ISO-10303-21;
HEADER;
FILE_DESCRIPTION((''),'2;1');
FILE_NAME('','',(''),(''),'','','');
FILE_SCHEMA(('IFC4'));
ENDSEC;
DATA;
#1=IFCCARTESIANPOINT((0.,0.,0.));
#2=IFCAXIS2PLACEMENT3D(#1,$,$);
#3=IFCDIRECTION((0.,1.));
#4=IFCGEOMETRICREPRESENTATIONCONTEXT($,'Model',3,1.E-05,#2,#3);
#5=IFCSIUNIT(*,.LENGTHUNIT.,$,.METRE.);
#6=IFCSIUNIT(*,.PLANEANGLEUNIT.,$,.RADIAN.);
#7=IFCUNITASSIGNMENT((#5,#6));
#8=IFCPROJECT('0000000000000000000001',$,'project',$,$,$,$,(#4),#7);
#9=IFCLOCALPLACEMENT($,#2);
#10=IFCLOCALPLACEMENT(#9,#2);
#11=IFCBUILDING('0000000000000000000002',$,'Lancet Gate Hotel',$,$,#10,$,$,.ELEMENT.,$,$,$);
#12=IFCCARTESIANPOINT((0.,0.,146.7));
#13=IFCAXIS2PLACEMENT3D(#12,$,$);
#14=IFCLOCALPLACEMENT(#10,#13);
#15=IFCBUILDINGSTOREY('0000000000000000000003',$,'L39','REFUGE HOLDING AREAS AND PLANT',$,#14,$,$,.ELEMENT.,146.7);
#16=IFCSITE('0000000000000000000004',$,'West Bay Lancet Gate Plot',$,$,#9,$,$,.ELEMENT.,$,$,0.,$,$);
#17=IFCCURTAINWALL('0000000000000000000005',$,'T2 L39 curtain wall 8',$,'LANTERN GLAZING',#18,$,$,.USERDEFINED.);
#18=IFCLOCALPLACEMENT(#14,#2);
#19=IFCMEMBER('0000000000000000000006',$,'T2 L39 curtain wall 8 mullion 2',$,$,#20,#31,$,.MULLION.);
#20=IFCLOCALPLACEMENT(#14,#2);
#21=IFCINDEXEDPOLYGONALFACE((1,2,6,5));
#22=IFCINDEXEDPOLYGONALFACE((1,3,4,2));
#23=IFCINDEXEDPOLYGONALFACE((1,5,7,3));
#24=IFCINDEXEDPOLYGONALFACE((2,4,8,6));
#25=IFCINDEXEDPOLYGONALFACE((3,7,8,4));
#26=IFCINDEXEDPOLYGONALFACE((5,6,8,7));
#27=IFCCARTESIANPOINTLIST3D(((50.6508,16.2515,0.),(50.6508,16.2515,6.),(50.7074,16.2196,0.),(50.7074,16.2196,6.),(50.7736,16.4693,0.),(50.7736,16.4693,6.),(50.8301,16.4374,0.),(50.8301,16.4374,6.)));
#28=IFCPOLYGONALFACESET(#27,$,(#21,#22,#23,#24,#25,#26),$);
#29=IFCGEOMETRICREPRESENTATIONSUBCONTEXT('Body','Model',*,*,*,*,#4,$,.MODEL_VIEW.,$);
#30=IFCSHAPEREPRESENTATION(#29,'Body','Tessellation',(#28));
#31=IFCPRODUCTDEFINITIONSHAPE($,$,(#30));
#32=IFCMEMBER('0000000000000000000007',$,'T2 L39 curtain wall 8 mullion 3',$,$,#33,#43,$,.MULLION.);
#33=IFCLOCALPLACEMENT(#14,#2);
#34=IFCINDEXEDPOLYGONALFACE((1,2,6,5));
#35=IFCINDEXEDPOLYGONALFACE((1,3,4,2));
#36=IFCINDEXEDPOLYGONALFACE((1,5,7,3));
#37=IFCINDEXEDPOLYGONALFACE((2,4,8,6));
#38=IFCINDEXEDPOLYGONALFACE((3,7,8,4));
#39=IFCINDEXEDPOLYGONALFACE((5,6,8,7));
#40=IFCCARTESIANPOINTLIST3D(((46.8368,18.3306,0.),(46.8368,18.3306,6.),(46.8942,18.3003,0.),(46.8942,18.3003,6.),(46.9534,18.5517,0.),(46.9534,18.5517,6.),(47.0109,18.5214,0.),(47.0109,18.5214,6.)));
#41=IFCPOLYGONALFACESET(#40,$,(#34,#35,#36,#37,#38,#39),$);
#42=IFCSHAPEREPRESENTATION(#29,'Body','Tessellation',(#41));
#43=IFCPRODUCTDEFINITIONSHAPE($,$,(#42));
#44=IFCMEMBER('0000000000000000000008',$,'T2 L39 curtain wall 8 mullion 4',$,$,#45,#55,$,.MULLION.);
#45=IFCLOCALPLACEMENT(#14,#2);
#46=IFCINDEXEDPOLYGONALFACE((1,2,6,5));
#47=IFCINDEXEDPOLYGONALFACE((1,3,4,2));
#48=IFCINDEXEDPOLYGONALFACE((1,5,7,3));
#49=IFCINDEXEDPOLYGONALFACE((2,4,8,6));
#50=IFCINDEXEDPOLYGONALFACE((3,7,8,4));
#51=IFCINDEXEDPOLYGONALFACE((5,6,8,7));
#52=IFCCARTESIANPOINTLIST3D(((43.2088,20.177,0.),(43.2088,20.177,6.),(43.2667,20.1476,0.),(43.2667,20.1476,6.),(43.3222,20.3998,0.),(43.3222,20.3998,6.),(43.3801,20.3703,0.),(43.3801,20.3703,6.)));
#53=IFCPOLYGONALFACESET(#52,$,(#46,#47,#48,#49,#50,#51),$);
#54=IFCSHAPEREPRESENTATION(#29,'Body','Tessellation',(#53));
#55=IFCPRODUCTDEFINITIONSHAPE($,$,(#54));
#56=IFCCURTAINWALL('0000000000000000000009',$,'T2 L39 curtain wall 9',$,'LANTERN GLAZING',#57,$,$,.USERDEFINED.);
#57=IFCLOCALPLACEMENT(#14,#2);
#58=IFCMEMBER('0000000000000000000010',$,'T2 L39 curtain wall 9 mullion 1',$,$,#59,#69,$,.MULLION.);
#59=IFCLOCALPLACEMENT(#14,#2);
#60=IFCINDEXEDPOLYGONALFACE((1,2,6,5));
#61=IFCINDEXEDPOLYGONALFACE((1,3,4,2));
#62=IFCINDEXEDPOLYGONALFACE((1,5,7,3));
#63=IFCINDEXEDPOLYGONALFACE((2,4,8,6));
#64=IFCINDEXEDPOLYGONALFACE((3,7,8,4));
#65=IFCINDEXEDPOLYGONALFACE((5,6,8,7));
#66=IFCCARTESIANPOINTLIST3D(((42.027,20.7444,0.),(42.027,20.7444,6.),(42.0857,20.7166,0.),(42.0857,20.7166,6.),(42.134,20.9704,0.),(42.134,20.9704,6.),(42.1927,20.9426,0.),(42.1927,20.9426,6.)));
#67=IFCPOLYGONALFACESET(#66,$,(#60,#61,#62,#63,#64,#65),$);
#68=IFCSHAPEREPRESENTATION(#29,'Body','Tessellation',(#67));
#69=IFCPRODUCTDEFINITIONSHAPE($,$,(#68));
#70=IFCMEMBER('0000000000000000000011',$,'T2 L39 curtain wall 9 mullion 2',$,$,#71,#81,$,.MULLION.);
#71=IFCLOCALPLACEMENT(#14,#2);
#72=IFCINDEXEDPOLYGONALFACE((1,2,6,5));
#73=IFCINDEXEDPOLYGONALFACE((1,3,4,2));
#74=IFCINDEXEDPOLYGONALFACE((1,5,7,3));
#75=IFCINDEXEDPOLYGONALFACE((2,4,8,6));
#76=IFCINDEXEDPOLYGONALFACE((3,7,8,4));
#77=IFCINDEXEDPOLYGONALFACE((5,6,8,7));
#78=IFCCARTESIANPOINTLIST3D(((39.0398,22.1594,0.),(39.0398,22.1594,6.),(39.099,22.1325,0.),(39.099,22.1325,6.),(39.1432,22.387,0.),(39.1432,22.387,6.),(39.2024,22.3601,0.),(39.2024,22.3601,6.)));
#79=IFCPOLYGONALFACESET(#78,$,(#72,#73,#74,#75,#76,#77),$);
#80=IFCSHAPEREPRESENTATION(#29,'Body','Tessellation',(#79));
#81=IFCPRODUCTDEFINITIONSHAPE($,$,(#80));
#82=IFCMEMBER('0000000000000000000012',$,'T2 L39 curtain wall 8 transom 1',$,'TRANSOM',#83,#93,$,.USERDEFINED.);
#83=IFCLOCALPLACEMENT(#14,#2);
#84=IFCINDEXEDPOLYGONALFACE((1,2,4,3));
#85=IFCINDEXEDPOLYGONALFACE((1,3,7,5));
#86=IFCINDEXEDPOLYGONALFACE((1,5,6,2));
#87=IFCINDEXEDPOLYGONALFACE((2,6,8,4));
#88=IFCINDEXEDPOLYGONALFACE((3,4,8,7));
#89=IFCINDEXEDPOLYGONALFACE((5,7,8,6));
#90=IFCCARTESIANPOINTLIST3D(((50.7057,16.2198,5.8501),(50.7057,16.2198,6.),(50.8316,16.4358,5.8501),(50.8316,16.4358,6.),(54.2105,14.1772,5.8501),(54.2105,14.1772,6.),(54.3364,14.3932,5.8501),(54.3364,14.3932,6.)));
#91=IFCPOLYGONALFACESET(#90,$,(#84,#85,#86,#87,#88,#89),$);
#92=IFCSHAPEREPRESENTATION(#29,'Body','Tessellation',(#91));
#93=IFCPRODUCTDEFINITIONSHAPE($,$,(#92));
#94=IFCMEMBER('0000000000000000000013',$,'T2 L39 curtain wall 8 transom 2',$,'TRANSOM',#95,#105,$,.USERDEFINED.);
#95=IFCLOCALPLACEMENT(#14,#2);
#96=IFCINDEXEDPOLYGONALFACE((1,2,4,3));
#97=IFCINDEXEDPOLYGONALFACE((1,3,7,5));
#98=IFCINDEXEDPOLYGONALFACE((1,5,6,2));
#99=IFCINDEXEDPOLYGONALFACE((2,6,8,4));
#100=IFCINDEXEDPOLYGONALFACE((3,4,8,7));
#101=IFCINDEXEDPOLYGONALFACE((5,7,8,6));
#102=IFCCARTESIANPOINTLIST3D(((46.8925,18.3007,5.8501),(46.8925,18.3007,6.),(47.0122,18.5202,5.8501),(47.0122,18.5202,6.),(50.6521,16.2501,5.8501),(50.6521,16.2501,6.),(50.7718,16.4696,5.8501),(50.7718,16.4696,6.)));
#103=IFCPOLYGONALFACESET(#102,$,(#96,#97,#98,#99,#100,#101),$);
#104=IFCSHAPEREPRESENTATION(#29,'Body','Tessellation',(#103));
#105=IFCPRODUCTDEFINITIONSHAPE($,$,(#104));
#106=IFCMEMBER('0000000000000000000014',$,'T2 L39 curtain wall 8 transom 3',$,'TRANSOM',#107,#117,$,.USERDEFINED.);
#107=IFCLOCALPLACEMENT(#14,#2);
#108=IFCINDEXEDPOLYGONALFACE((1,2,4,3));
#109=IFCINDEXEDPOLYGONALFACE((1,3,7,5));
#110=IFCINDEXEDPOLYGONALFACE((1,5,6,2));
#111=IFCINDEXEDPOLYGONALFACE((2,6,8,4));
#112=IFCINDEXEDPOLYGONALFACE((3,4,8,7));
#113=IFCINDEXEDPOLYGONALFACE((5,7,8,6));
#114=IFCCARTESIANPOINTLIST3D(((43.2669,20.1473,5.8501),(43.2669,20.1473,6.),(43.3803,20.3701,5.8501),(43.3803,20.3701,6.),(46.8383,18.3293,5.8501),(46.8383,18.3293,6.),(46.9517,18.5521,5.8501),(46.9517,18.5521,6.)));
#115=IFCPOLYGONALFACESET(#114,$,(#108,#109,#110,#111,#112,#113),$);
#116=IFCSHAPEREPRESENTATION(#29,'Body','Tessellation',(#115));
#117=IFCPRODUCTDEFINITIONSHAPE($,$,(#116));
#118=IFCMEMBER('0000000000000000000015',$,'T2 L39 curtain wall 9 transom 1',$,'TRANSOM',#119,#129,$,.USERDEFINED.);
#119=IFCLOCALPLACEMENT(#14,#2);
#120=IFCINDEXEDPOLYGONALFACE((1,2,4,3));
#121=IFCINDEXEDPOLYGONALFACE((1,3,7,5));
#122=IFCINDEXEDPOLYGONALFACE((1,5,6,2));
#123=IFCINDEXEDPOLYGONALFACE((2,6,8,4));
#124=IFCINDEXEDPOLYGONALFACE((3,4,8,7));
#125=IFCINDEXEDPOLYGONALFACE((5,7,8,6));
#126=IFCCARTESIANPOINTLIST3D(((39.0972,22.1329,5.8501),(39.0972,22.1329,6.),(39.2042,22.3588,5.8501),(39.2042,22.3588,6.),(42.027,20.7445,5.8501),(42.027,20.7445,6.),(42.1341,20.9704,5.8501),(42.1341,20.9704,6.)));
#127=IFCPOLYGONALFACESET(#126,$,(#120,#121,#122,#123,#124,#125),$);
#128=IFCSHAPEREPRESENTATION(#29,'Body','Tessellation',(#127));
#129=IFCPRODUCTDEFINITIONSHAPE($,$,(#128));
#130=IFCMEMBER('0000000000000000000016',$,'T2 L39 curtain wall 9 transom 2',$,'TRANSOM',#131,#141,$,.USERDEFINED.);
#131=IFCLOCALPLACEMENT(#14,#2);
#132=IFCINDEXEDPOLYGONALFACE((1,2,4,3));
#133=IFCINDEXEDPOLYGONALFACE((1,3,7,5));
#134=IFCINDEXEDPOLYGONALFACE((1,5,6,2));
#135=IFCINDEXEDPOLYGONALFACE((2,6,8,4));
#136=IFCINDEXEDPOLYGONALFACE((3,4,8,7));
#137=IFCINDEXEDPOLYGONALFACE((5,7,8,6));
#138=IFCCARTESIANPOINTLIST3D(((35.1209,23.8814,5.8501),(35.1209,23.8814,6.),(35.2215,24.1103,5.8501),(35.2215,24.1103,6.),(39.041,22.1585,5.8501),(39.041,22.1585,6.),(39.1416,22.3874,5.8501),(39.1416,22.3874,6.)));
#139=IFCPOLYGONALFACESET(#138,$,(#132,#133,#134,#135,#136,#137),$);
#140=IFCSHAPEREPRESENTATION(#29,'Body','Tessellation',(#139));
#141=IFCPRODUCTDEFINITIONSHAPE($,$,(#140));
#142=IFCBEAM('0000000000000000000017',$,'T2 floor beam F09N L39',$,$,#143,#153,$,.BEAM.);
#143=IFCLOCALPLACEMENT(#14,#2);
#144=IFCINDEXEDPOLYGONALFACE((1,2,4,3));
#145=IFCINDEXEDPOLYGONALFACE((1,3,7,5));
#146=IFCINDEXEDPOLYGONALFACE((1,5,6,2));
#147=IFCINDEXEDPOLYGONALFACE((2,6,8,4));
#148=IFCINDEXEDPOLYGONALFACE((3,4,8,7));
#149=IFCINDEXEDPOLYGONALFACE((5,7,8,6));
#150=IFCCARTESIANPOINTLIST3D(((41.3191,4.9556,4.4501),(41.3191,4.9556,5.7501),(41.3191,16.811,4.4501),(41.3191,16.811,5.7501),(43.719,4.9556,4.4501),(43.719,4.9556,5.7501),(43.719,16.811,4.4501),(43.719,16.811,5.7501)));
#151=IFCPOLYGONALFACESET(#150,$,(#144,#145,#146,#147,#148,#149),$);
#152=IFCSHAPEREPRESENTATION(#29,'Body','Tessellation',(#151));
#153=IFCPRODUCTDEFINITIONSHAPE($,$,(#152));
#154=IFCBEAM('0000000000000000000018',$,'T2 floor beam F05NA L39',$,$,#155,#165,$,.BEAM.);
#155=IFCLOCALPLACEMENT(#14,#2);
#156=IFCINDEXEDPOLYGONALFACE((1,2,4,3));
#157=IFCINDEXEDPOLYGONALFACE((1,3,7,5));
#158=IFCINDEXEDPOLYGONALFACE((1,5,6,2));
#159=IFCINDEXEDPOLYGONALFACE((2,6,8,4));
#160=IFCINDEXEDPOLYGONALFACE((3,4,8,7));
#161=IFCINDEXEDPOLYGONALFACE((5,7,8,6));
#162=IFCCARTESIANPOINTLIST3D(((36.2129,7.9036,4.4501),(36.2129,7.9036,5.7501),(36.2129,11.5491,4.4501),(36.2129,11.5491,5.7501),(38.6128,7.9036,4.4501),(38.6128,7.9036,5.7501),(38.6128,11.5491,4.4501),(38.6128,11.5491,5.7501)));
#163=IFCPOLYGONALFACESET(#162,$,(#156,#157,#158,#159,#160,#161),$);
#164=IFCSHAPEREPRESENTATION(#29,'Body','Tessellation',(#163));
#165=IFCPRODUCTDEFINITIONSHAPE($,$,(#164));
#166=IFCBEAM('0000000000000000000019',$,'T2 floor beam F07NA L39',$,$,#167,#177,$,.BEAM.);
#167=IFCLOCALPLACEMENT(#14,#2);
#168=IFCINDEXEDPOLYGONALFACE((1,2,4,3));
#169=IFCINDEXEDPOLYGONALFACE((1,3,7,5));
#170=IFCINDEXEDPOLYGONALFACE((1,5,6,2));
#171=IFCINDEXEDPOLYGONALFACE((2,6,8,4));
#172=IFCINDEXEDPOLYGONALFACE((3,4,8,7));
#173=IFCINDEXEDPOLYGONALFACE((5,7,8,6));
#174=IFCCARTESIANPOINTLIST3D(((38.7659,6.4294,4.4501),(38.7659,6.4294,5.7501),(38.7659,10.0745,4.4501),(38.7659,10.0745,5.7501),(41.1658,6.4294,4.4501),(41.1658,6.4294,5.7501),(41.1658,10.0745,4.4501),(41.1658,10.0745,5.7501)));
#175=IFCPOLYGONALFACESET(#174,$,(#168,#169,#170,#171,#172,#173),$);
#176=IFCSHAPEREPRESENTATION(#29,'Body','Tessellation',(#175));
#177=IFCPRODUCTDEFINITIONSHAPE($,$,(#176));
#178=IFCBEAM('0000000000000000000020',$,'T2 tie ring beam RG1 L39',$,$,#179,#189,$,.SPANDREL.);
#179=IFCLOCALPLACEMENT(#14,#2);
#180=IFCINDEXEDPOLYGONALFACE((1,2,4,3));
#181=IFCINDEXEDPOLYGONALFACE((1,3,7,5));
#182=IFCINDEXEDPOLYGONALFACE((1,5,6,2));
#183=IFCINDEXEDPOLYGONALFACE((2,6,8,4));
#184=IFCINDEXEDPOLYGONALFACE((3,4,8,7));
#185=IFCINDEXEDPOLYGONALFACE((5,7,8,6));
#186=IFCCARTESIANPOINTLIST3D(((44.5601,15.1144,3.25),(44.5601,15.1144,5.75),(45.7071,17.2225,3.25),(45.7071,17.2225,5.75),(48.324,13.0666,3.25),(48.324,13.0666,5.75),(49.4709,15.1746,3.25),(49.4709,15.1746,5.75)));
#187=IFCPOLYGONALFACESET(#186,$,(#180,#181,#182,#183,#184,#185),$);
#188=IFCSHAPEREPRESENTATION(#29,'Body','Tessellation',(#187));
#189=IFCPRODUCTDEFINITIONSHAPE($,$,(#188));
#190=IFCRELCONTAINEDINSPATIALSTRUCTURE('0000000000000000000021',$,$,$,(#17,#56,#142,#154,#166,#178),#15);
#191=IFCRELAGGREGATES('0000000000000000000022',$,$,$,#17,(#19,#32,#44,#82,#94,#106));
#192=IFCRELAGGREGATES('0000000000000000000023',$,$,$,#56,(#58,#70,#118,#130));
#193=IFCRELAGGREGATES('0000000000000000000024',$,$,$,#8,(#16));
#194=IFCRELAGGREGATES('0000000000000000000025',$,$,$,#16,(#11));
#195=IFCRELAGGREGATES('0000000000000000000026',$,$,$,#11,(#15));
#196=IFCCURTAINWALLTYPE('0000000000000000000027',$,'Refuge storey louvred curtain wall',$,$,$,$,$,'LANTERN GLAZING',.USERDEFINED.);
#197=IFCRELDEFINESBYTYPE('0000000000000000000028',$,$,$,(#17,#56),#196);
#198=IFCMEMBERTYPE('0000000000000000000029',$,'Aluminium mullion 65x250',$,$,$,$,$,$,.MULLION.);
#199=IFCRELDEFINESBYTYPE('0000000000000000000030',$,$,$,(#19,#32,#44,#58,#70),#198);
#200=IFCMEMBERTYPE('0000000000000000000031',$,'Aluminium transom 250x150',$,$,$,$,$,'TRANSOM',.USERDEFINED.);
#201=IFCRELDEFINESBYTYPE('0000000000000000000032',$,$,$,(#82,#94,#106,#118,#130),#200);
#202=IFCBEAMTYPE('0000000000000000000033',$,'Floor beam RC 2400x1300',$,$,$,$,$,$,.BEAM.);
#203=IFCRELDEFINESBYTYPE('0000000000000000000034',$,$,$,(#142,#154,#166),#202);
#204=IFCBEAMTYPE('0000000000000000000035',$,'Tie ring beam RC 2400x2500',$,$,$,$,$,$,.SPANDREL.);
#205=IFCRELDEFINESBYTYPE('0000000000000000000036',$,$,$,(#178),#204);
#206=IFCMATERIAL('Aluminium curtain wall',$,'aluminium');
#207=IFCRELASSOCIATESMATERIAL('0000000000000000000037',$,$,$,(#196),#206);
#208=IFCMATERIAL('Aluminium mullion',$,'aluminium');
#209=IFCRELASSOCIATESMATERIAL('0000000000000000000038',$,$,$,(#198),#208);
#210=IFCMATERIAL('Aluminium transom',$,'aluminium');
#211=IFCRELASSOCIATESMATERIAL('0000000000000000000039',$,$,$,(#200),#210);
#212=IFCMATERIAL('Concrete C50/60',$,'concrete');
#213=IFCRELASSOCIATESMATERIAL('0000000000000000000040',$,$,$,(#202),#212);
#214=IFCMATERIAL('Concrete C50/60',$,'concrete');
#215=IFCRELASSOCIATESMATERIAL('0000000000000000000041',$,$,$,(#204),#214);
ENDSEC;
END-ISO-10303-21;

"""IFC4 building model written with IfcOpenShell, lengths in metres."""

from ifc_helpers import new_model, si_unit, direction, frame, origin, origin_2d, place, context, subcontext, project, spatial, rectangle, extrude, material, material_profile, profile_set, type_object, element, aggregate, save


model = new_model("IFC4")

# Units and contexts
model_context = context("Model", 3, precision=1e-05, world=origin(), true_north=direction((0.0, 1.0)))
body_context = subcontext(model_context, "Body", "Model", "MODEL_VIEW")
ifc_project = project(units=[si_unit("LENGTHUNIT", "METRE"), si_unit("PLANEANGLEUNIT", "RADIAN")], contexts=[model_context])

# Site, building, storey
site_placement = place(None, origin())
site = spatial("IfcSite", under=ifc_project, at=site_placement, Name="West Bay Lancet Gate Plot", CompositionType="ELEMENT", RefElevation=0.0)
building_placement = place(site_placement, origin())
building = spatial("IfcBuilding", under=site, at=building_placement, Name="Lancet Gate Hotel", CompositionType="ELEMENT")
storey_placement = place(building_placement, frame((0.0, 0.0, 146.7)))
storey = spatial("IfcBuildingStorey", under=building, at=storey_placement, Name="L39", Description="REFUGE HOLDING AREAS AND PLANT", CompositionType="ELEMENT", Elevation=146.7)

# Curtain walls, members
ifc_material_1 = material(Name="Aluminium curtain wall", Category="aluminium")
curtain_wall_type = type_object("IfcCurtainWallType", Name="Refuge storey louvred curtain wall", ElementType="LANTERN GLAZING", PredefinedType="USERDEFINED", material=ifc_material_1)
curtain_wall_1_placement = place(storey_placement, origin())
curtain_wall_1 = element("IfcCurtainWall", 1, at=curtain_wall_1_placement, inside=storey, type_object=curtain_wall_type, Name="T2 L39 curtain wall 8", ObjectType="LANTERN GLAZING", PredefinedType="USERDEFINED")
ifc_material_2 = material(Name="Aluminium mullion", Category="aluminium")
ifc_material_profile_1 = material_profile(ifc_material_2, rectangle(XDim=0.0649, YDim=0.25, at=origin_2d()), Name="MULLION 65x250")
ifc_profile_set_1 = profile_set([ifc_material_profile_1], Name="Aluminium mullion")
member_type_1 = type_object("IfcMemberType", Name="Aluminium mullion 65x250", PredefinedType="MULLION", material=ifc_profile_set_1)
member_1_placement = place(storey_placement, frame((50.7405, 16.3445, 0.0), z_axis=(0.0, 0.0, 1.0), x_axis=(-0.871215, 0.490902, 0.0)))
member_1 = element("IfcMember", 2, at=member_1_placement, type_object=member_type_1, Name="T2 L39 curtain wall 8 mullion 2", PredefinedType="MULLION", context=body_context, shape_type="SweptSolid", body=[
    extrude(rectangle(XDim=0.0649, YDim=0.25, at=origin_2d()), origin(), (0.0, 0.0, 1.0), 6.0),
])
member_2_placement = place(storey_placement, frame((46.9238, 18.426, 0.0), z_axis=(0.0, 0.0, 1.0), x_axis=(-0.884411, 0.466709, 0.0)))
member_2 = element("IfcMember", 3, at=member_2_placement, type_object=member_type_1, Name="T2 L39 curtain wall 8 mullion 3", PredefinedType="MULLION", context=body_context, shape_type="SweptSolid", body=[
    extrude(rectangle(XDim=0.0649, YDim=0.25, at=origin_2d()), origin(), (0.0, 0.0, 1.0), 6.0),
])
member_3_placement = place(storey_placement, frame((43.2944, 20.2737, 0.0), z_axis=(0.0, 0.0, 1.0), x_axis=(-0.891159, 0.45369, 0.0)))
member_3 = element("IfcMember", 4, at=member_3_placement, type_object=member_type_1, Name="T2 L39 curtain wall 8 mullion 4", PredefinedType="MULLION", context=body_context, shape_type="SweptSolid", body=[
    extrude(rectangle(XDim=0.0649, YDim=0.25, at=origin_2d()), origin(), (0.0, 0.0, 1.0), 6.0),
])
curtain_wall_2_placement = place(storey_placement, origin())
curtain_wall_2 = element("IfcCurtainWall", 5, at=curtain_wall_2_placement, inside=storey, type_object=curtain_wall_type, Name="T2 L39 curtain wall 9", ObjectType="LANTERN GLAZING", PredefinedType="USERDEFINED")
member_4_placement = place(storey_placement, frame((42.1099, 20.8435, 0.0), z_axis=(0.0, 0.0, 1.0), x_axis=(-0.903683, 0.428201, 0.0)))
member_4 = element("IfcMember", 6, at=member_4_placement, type_object=member_type_1, Name="T2 L39 curtain wall 9 mullion 1", PredefinedType="MULLION", context=body_context, shape_type="SweptSolid", body=[
    extrude(rectangle(XDim=0.0649, YDim=0.25, at=origin_2d()), origin(), (0.0, 0.0, 1.0), 6.0),
])
member_5_placement = place(storey_placement, frame((39.1211, 22.2598, 0.0), z_axis=(0.0, 0.0, 1.0), x_axis=(-0.910473, 0.41357, 0.0)))
member_5 = element("IfcMember", 7, at=member_5_placement, type_object=member_type_1, Name="T2 L39 curtain wall 9 mullion 2", PredefinedType="MULLION", context=body_context, shape_type="SweptSolid", body=[
    extrude(rectangle(XDim=0.0649, YDim=0.25, at=origin_2d()), origin(), (0.0, 0.0, 1.0), 6.0),
])

# Members
ifc_material_3 = material(Name="Aluminium transom", Category="aluminium")
ifc_material_profile_2 = material_profile(ifc_material_3, rectangle(XDim=0.25, YDim=0.1499, at=origin_2d()), Name="TRANSOM 250x150")
ifc_profile_set_2 = profile_set([ifc_material_profile_2], Name="Aluminium transom")
member_type_2 = type_object("IfcMemberType", Name="Aluminium transom 250x150", ElementType="TRANSOM", PredefinedType="USERDEFINED", material=ifc_profile_set_2)
member_6_placement = place(storey_placement, frame((54.2734, 14.2852, 5.925), z_axis=(-0.863971, 0.503542, 0.0), x_axis=(-0.503542, -0.863971, 0.0)))
member_6 = element("IfcMember", 8, at=member_6_placement, type_object=member_type_2, Name="T2 L39 curtain wall 8 transom 1", ObjectType="TRANSOM", PredefinedType="USERDEFINED", context=body_context, shape_type="SweptSolid", body=[
    extrude(rectangle(XDim=0.25, YDim=0.1499, at=origin_2d()), origin(), (0.0, 0.0, 1.0), 4.0566),
])
member_7_placement = place(storey_placement, frame((50.7119, 16.3599, 5.925), z_axis=(-0.877906, 0.478832, 0.0), x_axis=(-0.478832, -0.877906, 0.0)))
member_7 = element("IfcMember", 9, at=member_7_placement, type_object=member_type_2, Name="T2 L39 curtain wall 8 transom 2", ObjectType="TRANSOM", PredefinedType="USERDEFINED", context=body_context, shape_type="SweptSolid", body=[
    extrude(rectangle(XDim=0.25, YDim=0.1499, at=origin_2d()), origin(), (0.0, 0.0, 1.0), 4.2825),
])
member_8_placement = place(storey_placement, frame((46.895, 18.4407, 5.925), z_axis=(-0.891175, 0.453659, 0.0), x_axis=(-0.453659, -0.891175, 0.0)))
member_8 = element("IfcMember", 10, at=member_8_placement, type_object=member_type_2, Name="T2 L39 curtain wall 8 transom 3", ObjectType="TRANSOM", PredefinedType="USERDEFINED", context=body_context, shape_type="SweptSolid", body=[
    extrude(rectangle(XDim=0.25, YDim=0.1499, at=origin_2d()), origin(), (0.0, 0.0, 1.0), 4.0076),
])
member_9_placement = place(storey_placement, frame((42.0806, 20.8574, 5.925), z_axis=(-0.90367, 0.428229, 0.0), x_axis=(-0.428229, -0.90367, 0.0)))
member_9 = element("IfcMember", 11, at=member_9_placement, type_object=member_type_2, Name="T2 L39 curtain wall 9 transom 1", ObjectType="TRANSOM", PredefinedType="USERDEFINED", context=body_context, shape_type="SweptSolid", body=[
    extrude(rectangle(XDim=0.25, YDim=0.1499, at=origin_2d()), origin(), (0.0, 0.0, 1.0), 3.2422),
])
member_10_placement = place(storey_placement, frame((39.0913, 22.2729, 5.925), z_axis=(-0.915485, 0.402353, 0.0), x_axis=(-0.402353, -0.915485, 0.0)))
member_10 = element("IfcMember", 12, at=member_10_placement, type_object=member_type_2, Name="T2 L39 curtain wall 9 transom 2", ObjectType="TRANSOM", PredefinedType="USERDEFINED", context=body_context, shape_type="SweptSolid", body=[
    extrude(rectangle(XDim=0.25, YDim=0.1499, at=origin_2d()), origin(), (0.0, 0.0, 1.0), 4.282),
])

# Beams
ifc_material_4 = material(Name="Concrete C50/60", Category="concrete")
ifc_material_profile_3 = material_profile(ifc_material_4, rectangle(XDim=2.3999, YDim=1.3, at=origin_2d()), Name="RC 2400x1300")
ifc_profile_set_3 = profile_set([ifc_material_profile_3], Name="Concrete C50/60")
beam_type_1 = type_object("IfcBeamType", Name="Floor beam RC 2400x1300", PredefinedType="BEAM", material=ifc_profile_set_3)
beam_1_placement = place(storey_placement, frame((42.519, 4.9556, 5.1001), z_axis=(0.0, 1.0, 0.0), x_axis=(-1.0, 0.0, 0.0)))
element("IfcBeam", 13, at=beam_1_placement, inside=storey, type_object=beam_type_1, Name="T2 floor beam F09N L39", PredefinedType="BEAM", context=body_context, shape_type="SweptSolid", body=[
    extrude(rectangle(XDim=2.3999, YDim=1.3, at=origin_2d()), origin(), (0.0, 0.0, 1.0), 11.8555),
])
beam_2_placement = place(storey_placement, frame((37.4128, 7.9036, 5.1001), z_axis=(0.0, 1.0, 0.0), x_axis=(-1.0, 0.0, 0.0)))
element("IfcBeam", 14, at=beam_2_placement, inside=storey, type_object=beam_type_1, Name="T2 floor beam F05NA L39", PredefinedType="BEAM", context=body_context, shape_type="SweptSolid", body=[
    extrude(rectangle(XDim=2.3999, YDim=1.3, at=origin_2d()), origin(), (0.0, 0.0, 1.0), 3.6455),
])
beam_3_placement = place(storey_placement, frame((39.9658, 6.4294, 5.1001), z_axis=(0.0, 1.0, 0.0), x_axis=(-1.0, 0.0, 0.0)))
element("IfcBeam", 15, at=beam_3_placement, inside=storey, type_object=beam_type_1, Name="T2 floor beam F07NA L39", PredefinedType="BEAM", context=body_context, shape_type="SweptSolid", body=[
    extrude(rectangle(XDim=2.3999, YDim=1.3, at=origin_2d()), origin(), (0.0, 0.0, 1.0), 3.645),
])
ifc_material_5 = material(Name="Concrete C50/60", Category="concrete")
ifc_material_profile_4 = material_profile(ifc_material_5, rectangle(XDim=2.3999, YDim=2.5, at=origin_2d()), Name="RC 2400x2500")
ifc_profile_set_4 = profile_set([ifc_material_profile_4], Name="Concrete C50/60")
beam_type_2 = type_object("IfcBeamType", Name="Tie ring beam RC 2400x2500", PredefinedType="SPANDREL", material=ifc_profile_set_4)
beam_4_placement = place(storey_placement, frame((48.8975, 14.1206, 4.5), z_axis=(-0.878405, 0.477918, 0.0), x_axis=(-0.477918, -0.878405, 0.0)))
element("IfcBeam", 16, at=beam_4_placement, inside=storey, type_object=beam_type_2, Name="T2 tie ring beam RG1 L39", PredefinedType="SPANDREL", context=body_context, shape_type="SweptSolid", body=[
    extrude(rectangle(XDim=2.3999, YDim=2.5, at=origin_2d()), origin(), (0.0, 0.0, 1.0), 4.2849),
])

aggregate(curtain_wall_1, [member_1, member_2, member_3, member_6, member_7, member_8])
aggregate(curtain_wall_2, [member_4, member_5, member_9, member_10])

save(model, "model.ifc")
